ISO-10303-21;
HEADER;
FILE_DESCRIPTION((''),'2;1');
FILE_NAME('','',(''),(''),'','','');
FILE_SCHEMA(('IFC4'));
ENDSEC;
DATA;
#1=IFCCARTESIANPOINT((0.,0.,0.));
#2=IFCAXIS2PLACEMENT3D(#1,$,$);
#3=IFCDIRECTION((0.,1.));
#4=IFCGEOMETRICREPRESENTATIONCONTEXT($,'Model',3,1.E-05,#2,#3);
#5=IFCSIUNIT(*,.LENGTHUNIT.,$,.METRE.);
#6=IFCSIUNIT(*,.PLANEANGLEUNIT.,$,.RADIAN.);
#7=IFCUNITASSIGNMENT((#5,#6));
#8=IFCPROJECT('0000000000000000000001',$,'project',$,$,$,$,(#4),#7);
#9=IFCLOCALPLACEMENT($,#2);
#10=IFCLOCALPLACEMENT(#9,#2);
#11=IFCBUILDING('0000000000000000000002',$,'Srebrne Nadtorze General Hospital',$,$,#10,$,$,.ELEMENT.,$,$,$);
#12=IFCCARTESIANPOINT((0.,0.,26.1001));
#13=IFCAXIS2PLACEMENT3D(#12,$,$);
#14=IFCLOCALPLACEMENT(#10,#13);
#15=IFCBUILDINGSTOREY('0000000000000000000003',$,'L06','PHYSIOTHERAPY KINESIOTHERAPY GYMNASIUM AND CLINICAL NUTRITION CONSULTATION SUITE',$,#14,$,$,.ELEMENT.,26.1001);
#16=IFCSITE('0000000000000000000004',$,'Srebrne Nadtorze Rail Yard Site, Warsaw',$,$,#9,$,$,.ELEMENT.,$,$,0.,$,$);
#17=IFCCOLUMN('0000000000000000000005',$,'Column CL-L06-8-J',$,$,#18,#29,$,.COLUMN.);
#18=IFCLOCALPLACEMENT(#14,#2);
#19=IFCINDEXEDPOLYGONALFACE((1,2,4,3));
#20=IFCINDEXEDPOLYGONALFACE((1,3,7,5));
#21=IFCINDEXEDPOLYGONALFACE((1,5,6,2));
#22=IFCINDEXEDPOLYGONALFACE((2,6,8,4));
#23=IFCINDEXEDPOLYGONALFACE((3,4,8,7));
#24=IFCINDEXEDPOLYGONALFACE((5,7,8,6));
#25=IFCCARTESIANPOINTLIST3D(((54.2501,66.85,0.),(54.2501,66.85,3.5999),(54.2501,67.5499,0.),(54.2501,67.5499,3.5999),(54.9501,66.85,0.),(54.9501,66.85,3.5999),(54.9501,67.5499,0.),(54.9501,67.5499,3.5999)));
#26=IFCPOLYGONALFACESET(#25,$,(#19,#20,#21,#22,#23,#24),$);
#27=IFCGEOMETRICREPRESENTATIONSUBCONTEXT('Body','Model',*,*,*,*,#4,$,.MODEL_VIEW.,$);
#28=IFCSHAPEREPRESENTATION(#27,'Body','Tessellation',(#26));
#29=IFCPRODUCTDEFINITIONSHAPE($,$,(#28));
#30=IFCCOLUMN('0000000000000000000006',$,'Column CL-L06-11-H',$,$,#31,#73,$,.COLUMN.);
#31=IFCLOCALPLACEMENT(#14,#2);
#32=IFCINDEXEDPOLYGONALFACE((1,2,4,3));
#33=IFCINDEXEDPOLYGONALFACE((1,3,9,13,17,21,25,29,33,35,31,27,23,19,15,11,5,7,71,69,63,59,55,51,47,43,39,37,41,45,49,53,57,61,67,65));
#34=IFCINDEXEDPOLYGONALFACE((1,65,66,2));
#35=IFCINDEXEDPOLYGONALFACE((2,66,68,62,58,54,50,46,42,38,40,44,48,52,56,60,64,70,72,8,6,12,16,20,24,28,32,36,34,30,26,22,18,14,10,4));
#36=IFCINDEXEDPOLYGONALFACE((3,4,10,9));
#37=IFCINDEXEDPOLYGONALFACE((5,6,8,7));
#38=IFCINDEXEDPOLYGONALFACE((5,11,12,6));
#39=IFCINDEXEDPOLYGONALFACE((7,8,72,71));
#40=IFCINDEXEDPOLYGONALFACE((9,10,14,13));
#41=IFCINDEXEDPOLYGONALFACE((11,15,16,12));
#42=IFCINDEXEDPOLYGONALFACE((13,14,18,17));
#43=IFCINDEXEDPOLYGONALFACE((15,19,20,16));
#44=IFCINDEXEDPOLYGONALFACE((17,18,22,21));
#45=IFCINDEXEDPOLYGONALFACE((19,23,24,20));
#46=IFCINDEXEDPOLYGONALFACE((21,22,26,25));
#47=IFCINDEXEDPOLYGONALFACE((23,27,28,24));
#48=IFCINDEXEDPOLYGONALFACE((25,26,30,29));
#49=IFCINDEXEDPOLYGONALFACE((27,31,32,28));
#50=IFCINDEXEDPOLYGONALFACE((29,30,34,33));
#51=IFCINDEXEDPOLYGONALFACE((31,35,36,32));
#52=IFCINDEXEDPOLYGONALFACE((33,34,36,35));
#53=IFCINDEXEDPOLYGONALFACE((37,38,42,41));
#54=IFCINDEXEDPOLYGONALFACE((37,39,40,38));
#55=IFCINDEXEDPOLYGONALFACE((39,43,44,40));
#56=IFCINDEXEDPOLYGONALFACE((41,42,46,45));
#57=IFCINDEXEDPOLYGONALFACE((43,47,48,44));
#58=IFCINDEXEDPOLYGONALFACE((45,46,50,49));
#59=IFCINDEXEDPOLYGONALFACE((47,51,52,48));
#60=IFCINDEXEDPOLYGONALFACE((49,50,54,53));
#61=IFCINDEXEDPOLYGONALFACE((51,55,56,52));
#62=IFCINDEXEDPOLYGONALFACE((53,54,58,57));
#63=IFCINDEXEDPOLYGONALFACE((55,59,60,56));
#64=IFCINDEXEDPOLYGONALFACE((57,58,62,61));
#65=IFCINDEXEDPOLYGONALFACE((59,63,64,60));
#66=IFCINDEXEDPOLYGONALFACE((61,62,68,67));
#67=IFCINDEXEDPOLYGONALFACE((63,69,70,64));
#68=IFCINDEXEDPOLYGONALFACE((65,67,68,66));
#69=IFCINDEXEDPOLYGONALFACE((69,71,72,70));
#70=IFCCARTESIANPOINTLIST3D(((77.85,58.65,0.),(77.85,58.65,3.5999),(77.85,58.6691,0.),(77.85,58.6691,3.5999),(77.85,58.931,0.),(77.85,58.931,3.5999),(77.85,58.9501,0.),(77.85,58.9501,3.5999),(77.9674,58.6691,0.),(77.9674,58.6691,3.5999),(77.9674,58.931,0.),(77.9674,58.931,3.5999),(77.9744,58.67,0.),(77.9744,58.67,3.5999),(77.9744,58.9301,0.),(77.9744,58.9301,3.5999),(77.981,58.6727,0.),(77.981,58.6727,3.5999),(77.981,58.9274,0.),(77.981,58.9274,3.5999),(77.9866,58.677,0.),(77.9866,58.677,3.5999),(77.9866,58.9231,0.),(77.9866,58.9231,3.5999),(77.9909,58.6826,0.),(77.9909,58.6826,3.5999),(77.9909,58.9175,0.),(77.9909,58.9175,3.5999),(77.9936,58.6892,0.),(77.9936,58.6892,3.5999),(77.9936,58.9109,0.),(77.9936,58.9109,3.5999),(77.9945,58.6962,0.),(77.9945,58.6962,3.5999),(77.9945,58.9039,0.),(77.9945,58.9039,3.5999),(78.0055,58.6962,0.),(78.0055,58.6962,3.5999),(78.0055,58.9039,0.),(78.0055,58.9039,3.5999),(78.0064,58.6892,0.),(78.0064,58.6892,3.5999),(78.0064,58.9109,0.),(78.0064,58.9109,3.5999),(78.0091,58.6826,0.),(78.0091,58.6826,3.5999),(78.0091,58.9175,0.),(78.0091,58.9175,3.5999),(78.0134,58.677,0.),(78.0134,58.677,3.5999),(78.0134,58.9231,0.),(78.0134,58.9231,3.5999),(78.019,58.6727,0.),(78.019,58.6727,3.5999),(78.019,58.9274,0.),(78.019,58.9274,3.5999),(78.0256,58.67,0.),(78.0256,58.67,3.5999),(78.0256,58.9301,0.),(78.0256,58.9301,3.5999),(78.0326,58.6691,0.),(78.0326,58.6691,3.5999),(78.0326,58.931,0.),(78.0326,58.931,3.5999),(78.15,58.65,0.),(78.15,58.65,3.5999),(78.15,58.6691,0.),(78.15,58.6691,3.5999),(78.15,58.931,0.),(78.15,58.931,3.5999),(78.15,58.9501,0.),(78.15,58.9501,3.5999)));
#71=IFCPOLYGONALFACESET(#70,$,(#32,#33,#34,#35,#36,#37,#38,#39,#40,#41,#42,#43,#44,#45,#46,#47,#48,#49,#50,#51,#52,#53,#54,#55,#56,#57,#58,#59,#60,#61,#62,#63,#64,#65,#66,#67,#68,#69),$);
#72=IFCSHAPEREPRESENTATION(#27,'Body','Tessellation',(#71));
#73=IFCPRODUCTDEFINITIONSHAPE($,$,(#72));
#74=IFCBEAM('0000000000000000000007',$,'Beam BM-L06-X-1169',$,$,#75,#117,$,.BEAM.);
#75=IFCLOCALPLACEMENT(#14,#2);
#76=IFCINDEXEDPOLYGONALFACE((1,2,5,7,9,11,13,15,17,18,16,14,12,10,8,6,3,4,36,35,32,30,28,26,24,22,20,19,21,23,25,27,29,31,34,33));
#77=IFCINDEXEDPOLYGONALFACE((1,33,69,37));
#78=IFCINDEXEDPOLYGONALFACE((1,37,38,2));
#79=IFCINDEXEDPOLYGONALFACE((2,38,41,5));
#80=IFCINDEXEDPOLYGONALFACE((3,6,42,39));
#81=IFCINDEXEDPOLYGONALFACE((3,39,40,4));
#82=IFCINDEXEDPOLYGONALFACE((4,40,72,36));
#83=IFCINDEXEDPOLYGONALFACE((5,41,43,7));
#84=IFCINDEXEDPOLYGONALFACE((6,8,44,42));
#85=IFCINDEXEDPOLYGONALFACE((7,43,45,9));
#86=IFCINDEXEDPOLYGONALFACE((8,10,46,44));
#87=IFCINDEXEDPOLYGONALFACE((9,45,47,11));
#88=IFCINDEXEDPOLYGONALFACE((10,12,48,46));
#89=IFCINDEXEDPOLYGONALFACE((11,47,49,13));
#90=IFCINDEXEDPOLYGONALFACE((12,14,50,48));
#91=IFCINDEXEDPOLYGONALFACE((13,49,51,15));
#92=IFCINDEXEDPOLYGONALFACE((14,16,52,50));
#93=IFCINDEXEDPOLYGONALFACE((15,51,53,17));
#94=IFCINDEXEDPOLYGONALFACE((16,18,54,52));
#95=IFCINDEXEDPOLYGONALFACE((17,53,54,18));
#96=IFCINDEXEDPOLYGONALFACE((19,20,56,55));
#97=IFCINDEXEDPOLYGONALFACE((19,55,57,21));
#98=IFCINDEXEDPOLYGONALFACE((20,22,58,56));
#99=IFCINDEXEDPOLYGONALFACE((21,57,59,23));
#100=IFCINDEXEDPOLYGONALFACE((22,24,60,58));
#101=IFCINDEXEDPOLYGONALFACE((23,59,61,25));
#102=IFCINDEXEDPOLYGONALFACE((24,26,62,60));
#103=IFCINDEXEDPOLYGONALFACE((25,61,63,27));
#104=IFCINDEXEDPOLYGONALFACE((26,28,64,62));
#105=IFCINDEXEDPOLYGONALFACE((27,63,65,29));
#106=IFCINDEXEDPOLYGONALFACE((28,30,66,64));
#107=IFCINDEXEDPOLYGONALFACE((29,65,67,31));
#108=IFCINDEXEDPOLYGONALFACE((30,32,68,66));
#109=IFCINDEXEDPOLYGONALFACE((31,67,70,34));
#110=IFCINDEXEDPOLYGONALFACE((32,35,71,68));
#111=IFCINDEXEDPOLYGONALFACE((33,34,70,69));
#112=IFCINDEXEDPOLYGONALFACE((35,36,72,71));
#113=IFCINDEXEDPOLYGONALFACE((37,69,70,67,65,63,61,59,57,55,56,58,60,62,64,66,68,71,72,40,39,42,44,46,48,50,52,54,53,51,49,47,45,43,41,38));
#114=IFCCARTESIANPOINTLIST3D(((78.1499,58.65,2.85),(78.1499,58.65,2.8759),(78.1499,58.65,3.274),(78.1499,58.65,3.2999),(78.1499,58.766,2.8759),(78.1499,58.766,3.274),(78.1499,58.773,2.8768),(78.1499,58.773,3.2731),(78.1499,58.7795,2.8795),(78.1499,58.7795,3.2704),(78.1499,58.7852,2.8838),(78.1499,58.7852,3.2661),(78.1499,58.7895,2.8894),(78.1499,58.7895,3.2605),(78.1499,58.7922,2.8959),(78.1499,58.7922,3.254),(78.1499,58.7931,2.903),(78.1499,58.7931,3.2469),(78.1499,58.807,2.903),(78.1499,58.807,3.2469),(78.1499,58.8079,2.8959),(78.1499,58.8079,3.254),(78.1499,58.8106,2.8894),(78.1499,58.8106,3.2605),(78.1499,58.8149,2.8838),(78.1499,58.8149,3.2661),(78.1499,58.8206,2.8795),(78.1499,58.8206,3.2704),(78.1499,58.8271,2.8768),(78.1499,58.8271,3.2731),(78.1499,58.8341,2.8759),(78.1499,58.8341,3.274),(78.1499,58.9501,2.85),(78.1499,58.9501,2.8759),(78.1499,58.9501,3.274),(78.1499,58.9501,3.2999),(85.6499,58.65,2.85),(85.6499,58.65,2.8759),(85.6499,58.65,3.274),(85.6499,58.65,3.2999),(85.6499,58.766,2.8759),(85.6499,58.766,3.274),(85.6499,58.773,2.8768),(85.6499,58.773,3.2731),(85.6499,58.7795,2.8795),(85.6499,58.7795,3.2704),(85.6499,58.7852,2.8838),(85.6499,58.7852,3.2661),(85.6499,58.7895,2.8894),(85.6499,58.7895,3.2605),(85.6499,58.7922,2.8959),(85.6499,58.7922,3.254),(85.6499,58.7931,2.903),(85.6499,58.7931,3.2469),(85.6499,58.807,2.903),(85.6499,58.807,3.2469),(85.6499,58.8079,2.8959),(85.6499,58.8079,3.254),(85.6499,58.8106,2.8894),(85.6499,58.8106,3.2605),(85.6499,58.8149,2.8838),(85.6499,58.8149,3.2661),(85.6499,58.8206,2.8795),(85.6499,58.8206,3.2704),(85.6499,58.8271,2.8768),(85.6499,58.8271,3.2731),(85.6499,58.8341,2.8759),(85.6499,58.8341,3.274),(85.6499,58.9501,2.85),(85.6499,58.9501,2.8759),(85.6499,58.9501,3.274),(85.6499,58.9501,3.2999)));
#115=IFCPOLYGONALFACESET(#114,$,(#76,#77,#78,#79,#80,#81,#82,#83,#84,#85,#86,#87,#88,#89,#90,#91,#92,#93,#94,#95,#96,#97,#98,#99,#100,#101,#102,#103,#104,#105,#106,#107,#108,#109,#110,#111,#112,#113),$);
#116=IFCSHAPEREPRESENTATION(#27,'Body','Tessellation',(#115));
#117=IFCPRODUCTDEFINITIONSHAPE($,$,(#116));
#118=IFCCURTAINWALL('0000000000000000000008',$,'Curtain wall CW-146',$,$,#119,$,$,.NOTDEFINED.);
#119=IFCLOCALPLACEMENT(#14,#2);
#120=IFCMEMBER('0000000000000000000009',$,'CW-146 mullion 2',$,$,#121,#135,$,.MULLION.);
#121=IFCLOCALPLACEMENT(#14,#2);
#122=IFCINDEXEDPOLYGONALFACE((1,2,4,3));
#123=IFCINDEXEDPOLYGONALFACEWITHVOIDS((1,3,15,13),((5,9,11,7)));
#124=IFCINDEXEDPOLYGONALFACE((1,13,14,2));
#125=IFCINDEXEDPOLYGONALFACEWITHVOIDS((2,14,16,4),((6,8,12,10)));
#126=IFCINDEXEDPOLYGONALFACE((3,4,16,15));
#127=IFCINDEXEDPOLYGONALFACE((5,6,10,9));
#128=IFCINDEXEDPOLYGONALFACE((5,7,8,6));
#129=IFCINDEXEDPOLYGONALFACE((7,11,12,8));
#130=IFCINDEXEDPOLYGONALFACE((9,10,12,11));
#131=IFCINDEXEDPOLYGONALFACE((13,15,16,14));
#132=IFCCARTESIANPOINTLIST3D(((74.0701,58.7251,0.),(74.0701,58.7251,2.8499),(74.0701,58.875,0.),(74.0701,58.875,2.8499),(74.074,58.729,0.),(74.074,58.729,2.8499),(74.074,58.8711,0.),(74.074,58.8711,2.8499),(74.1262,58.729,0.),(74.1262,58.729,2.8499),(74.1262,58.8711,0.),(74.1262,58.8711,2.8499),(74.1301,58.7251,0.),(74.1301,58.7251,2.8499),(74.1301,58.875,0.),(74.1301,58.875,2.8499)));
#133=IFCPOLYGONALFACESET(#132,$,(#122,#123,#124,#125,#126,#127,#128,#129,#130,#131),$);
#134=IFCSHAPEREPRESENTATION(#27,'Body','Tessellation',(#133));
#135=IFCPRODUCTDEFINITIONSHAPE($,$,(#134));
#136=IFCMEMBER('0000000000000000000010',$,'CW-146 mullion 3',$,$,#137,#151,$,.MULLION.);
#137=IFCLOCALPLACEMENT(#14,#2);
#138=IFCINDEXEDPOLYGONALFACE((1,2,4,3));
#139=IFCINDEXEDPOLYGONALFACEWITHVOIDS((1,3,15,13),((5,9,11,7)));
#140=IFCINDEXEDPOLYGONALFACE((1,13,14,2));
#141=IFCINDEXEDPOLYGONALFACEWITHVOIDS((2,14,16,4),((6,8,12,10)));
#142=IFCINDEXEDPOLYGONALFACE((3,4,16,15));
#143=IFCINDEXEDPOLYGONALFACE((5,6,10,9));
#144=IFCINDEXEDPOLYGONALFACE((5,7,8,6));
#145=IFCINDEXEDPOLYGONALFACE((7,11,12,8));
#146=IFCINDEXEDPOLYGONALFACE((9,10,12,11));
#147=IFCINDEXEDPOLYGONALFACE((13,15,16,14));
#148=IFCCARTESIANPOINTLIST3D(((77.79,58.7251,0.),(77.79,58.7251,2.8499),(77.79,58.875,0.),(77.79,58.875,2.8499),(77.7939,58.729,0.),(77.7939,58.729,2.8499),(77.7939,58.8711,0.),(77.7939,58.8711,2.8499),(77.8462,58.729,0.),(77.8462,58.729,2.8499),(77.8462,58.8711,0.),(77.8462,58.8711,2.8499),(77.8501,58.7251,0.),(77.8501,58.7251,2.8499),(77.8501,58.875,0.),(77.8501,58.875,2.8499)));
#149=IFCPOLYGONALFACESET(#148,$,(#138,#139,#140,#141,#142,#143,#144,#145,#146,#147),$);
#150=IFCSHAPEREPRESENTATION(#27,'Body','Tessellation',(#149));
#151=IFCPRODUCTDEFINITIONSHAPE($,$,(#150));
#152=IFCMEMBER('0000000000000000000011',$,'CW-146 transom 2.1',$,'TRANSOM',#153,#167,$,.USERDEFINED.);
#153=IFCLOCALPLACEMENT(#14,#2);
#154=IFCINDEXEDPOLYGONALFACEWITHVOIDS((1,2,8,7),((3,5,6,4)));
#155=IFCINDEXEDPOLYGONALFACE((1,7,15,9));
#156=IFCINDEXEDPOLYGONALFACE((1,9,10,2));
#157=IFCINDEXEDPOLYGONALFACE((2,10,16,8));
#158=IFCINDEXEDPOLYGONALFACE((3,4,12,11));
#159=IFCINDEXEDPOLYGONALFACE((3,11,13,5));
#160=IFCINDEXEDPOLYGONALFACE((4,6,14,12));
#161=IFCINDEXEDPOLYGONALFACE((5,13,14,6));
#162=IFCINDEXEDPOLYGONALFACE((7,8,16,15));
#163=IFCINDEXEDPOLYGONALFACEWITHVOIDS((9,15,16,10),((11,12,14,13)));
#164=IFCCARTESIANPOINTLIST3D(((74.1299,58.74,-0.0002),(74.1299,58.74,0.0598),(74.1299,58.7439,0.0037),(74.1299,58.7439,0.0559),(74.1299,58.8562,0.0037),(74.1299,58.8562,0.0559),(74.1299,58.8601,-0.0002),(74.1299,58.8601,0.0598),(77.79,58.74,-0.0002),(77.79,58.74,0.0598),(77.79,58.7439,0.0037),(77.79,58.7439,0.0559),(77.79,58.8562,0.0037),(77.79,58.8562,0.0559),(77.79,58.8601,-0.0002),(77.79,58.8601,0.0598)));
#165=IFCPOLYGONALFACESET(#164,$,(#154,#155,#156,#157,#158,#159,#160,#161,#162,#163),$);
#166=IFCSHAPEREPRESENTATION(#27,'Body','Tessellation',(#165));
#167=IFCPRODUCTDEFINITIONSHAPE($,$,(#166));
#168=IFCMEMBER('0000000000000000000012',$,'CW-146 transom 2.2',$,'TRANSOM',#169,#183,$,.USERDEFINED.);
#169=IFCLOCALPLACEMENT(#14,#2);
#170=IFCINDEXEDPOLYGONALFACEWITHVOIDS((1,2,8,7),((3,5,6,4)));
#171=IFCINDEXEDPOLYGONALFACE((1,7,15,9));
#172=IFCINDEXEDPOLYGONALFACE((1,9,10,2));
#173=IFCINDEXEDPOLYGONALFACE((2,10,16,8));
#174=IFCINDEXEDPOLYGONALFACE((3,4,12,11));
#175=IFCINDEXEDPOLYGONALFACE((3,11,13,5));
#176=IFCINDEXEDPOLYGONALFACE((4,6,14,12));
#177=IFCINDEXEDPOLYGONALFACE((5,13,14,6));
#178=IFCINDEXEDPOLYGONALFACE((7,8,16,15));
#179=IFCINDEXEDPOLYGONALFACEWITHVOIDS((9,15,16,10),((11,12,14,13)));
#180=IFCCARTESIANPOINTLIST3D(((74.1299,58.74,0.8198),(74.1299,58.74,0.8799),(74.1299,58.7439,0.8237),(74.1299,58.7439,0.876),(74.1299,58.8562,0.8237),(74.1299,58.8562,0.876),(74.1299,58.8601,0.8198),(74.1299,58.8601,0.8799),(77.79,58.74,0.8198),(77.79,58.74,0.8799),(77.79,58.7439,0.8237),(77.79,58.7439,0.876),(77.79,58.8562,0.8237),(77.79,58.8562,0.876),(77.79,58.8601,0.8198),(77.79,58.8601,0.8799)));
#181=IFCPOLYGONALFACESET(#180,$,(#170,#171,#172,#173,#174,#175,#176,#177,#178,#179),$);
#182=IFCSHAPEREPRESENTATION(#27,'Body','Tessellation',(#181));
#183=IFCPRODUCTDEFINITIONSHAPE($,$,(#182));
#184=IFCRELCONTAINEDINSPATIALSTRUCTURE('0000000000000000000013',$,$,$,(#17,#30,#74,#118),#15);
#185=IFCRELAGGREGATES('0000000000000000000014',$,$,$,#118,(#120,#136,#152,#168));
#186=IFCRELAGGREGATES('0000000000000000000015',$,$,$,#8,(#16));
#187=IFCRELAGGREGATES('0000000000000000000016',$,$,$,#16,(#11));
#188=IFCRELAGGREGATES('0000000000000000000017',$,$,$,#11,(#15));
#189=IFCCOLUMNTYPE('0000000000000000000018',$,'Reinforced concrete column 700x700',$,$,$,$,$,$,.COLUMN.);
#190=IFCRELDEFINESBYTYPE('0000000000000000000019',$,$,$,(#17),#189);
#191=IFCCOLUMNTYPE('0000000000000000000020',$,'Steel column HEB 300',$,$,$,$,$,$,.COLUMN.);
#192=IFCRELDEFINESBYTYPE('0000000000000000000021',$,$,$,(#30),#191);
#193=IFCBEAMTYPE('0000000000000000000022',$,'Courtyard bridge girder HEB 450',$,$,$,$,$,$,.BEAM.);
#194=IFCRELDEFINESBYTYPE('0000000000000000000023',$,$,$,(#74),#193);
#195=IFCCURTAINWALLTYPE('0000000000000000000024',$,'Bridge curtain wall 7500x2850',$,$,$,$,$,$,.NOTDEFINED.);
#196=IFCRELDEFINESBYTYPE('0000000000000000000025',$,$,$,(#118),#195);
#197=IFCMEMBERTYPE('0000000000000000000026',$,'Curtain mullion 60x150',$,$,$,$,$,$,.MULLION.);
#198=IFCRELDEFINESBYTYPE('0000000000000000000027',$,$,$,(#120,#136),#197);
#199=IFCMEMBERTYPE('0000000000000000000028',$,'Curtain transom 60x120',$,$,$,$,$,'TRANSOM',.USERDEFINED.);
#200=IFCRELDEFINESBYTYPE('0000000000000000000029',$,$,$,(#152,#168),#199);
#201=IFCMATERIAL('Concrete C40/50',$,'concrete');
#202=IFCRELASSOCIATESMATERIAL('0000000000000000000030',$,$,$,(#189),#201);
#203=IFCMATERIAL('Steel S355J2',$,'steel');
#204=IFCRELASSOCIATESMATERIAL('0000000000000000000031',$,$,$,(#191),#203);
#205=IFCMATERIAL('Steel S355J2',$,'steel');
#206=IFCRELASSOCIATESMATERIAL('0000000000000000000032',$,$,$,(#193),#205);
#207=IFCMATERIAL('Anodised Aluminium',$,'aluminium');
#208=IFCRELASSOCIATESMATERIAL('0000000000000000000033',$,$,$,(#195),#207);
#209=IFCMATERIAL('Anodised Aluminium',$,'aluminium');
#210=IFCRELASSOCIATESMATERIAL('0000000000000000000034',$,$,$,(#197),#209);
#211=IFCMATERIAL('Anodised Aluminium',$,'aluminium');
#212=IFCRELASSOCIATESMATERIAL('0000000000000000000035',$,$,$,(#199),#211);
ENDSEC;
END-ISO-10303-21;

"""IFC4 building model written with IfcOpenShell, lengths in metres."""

from ifc_helpers import new_model, si_unit, direction, frame, origin, origin_2d, place, context, subcontext, project, spatial, rectangle, hollow_rectangle, i_section, extrude, material, material_profile, profile_set, type_object, element, aggregate, save


model = new_model("IFC4")

# Units and contexts
model_context = context("Model", 3, precision=1e-05, world=origin(), true_north=direction((0.0, 1.0)))
body_context = subcontext(model_context, "Body", "Model", "MODEL_VIEW")
ifc_project = project(units=[si_unit("LENGTHUNIT", "METRE"), si_unit("PLANEANGLEUNIT", "RADIAN")], contexts=[model_context])

# Site, building, storey
site_placement = place(None, origin())
site = spatial("IfcSite", under=ifc_project, at=site_placement, Name="Srebrne Nadtorze Rail Yard Site, Warsaw", CompositionType="ELEMENT", RefElevation=0.0)
building_placement = place(site_placement, origin())
building = spatial("IfcBuilding", under=site, at=building_placement, Name="Srebrne Nadtorze General Hospital", CompositionType="ELEMENT")
storey_placement = place(building_placement, frame((0.0, 0.0, 26.1001)))
storey = spatial("IfcBuildingStorey", under=building, at=storey_placement, Name="L06", Description="PHYSIOTHERAPY KINESIOTHERAPY GYMNASIUM AND CLINICAL NUTRITION CONSULTATION SUITE", CompositionType="ELEMENT", Elevation=26.1001)

# Columns
ifc_material_1 = material(Name="Concrete C40/50", Category="concrete")
ifc_material_profile_1 = material_profile(ifc_material_1, rectangle(XDim=0.7, YDim=0.7, at=origin_2d()), Name="RC-COL-700x700")
ifc_profile_set_1 = profile_set([ifc_material_profile_1], Name="Concrete C40/50")
column_type_1 = type_object("IfcColumnType", Name="Reinforced concrete column 700x700", PredefinedType="COLUMN", material=ifc_profile_set_1)
column_1_placement = place(storey_placement, frame((54.6001, 67.2, 0.0), z_axis=(0.0, 0.0, 1.0), x_axis=(1.0, 0.0, 0.0)))
element("IfcColumn", 1, at=column_1_placement, inside=storey, type_object=column_type_1, Name="Column CL-L06-8-J", PredefinedType="COLUMN", context=body_context, shape_type="SweptSolid", body=[
    extrude(rectangle(XDim=0.7, YDim=0.7, at=origin_2d()), origin(), (0.0, 0.0, 1.0), 3.5999),
])
ifc_material_2 = material(Name="Steel S355J2", Category="steel")
ifc_material_profile_2 = material_profile(ifc_material_2, i_section(OverallWidth=0.3, OverallDepth=0.3, WebThickness=0.011, FlangeThickness=0.019, FilletRadius=0.0271, at=origin_2d()), Name="HEB-300")
ifc_profile_set_2 = profile_set([ifc_material_profile_2], Name="Steel S355J2")
column_type_2 = type_object("IfcColumnType", Name="Steel column HEB 300", PredefinedType="COLUMN", material=ifc_profile_set_2)
column_2_placement = place(storey_placement, frame((78.0, 58.8, 0.0), z_axis=(0.0, 0.0, 1.0), x_axis=(1.0, 0.0, 0.0)))
element("IfcColumn", 2, at=column_2_placement, inside=storey, type_object=column_type_2, Name="Column CL-L06-11-H", PredefinedType="COLUMN", context=body_context, shape_type="SweptSolid", body=[
    extrude(i_section(OverallWidth=0.3, OverallDepth=0.3, WebThickness=0.011, FlangeThickness=0.019, FilletRadius=0.0271, at=origin_2d()), origin(), (0.0, 0.0, 1.0), 3.5999),
])

# Beam
ifc_material_3 = material(Name="Steel S355J2", Category="steel")
ifc_material_profile_3 = material_profile(ifc_material_3, i_section(OverallWidth=0.3, OverallDepth=0.45, WebThickness=0.0139, FlangeThickness=0.0259, FilletRadius=0.0271, at=origin_2d()), Name="HEB-450")
ifc_profile_set_3 = profile_set([ifc_material_profile_3], Name="Steel S355J2")
beam_type_1 = type_object("IfcBeamType", Name="Courtyard bridge girder HEB 450", PredefinedType="BEAM", material=ifc_profile_set_3)
beam_1_placement = place(storey_placement, frame((78.1499, 58.8, 3.075), z_axis=(1.0, 0.0, 0.0), x_axis=(0.0, 1.0, 0.0)))
element("IfcBeam", 3, at=beam_1_placement, inside=storey, type_object=beam_type_1, Name="Beam BM-L06-X-1169", PredefinedType="BEAM", context=body_context, shape_type="SweptSolid", body=[
    extrude(i_section(OverallWidth=0.3, OverallDepth=0.45, WebThickness=0.0139, FlangeThickness=0.0259, FilletRadius=0.0271, at=origin_2d()), origin(), (0.0, 0.0, 1.0), 7.5),
])

# Curtain wall, members
ifc_material_4 = material(Name="Anodised Aluminium", Category="aluminium")
curtain_wall_type = type_object("IfcCurtainWallType", Name="Bridge curtain wall 7500x2850", PredefinedType="NOTDEFINED", material=ifc_material_4)
curtain_wall_placement = place(storey_placement, origin())
curtain_wall = element("IfcCurtainWall", 4, at=curtain_wall_placement, inside=storey, type_object=curtain_wall_type, Name="Curtain wall CW-146", PredefinedType="NOTDEFINED")
ifc_material_5 = material(Name="Anodised Aluminium", Category="aluminium")
ifc_material_profile_4 = material_profile(ifc_material_5, hollow_rectangle(XDim=0.0601, YDim=0.1499, WallThickness=0.0039, at=origin_2d()), Name="AL-MUL-60x150")
ifc_profile_set_4 = profile_set([ifc_material_profile_4], Name="Anodised Aluminium")
member_type_1 = type_object("IfcMemberType", Name="Curtain mullion 60x150", PredefinedType="MULLION", material=ifc_profile_set_4)
member_1_placement = place(storey_placement, frame((74.1001, 58.8, 0.0), z_axis=(0.0, 0.0, 1.0), x_axis=(1.0, 0.0, 0.0)))
member_1 = element("IfcMember", 5, at=member_1_placement, type_object=member_type_1, Name="CW-146 mullion 2", PredefinedType="MULLION", context=body_context, shape_type="SweptSolid", body=[
    extrude(hollow_rectangle(XDim=0.0601, YDim=0.1499, WallThickness=0.0039, at=origin_2d()), origin(), (0.0, 0.0, 1.0), 2.8499),
])
member_2_placement = place(storey_placement, frame((77.8201, 58.8, 0.0), z_axis=(0.0, 0.0, 1.0), x_axis=(1.0, 0.0, 0.0)))
member_2 = element("IfcMember", 6, at=member_2_placement, type_object=member_type_1, Name="CW-146 mullion 3", PredefinedType="MULLION", context=body_context, shape_type="SweptSolid", body=[
    extrude(hollow_rectangle(XDim=0.0601, YDim=0.1499, WallThickness=0.0039, at=origin_2d()), origin(), (0.0, 0.0, 1.0), 2.8499),
])
ifc_material_6 = material(Name="Anodised Aluminium", Category="aluminium")
ifc_material_profile_5 = material_profile(ifc_material_6, hollow_rectangle(XDim=0.0601, YDim=0.1201, WallThickness=0.0039, at=origin_2d()), Name="AL-TRN-60x120")
ifc_profile_set_5 = profile_set([ifc_material_profile_5], Name="Anodised Aluminium")
member_type_2 = type_object("IfcMemberType", Name="Curtain transom 60x120", ElementType="TRANSOM", PredefinedType="USERDEFINED", material=ifc_profile_set_5)
member_3_placement = place(storey_placement, frame((74.1299, 58.8, 0.0298), z_axis=(1.0, 0.0, 0.0), x_axis=(0.0, 0.0, 1.0)))
member_3 = element("IfcMember", 7, at=member_3_placement, type_object=member_type_2, Name="CW-146 transom 2.1", ObjectType="TRANSOM", PredefinedType="USERDEFINED", context=body_context, shape_type="SweptSolid", body=[
    extrude(hollow_rectangle(XDim=0.0601, YDim=0.1201, WallThickness=0.0039, at=origin_2d()), origin(), (0.0, 0.0, 1.0), 3.6602),
])
member_4_placement = place(storey_placement, frame((74.1299, 58.8, 0.8499), z_axis=(1.0, 0.0, 0.0), x_axis=(0.0, 0.0, 1.0)))
member_4 = element("IfcMember", 8, at=member_4_placement, type_object=member_type_2, Name="CW-146 transom 2.2", ObjectType="TRANSOM", PredefinedType="USERDEFINED", context=body_context, shape_type="SweptSolid", body=[
    extrude(hollow_rectangle(XDim=0.0601, YDim=0.1201, WallThickness=0.0039, at=origin_2d()), origin(), (0.0, 0.0, 1.0), 3.6602),
])

aggregate(curtain_wall, [member_1, member_2, member_3, member_4])

save(model, "model.ifc")
